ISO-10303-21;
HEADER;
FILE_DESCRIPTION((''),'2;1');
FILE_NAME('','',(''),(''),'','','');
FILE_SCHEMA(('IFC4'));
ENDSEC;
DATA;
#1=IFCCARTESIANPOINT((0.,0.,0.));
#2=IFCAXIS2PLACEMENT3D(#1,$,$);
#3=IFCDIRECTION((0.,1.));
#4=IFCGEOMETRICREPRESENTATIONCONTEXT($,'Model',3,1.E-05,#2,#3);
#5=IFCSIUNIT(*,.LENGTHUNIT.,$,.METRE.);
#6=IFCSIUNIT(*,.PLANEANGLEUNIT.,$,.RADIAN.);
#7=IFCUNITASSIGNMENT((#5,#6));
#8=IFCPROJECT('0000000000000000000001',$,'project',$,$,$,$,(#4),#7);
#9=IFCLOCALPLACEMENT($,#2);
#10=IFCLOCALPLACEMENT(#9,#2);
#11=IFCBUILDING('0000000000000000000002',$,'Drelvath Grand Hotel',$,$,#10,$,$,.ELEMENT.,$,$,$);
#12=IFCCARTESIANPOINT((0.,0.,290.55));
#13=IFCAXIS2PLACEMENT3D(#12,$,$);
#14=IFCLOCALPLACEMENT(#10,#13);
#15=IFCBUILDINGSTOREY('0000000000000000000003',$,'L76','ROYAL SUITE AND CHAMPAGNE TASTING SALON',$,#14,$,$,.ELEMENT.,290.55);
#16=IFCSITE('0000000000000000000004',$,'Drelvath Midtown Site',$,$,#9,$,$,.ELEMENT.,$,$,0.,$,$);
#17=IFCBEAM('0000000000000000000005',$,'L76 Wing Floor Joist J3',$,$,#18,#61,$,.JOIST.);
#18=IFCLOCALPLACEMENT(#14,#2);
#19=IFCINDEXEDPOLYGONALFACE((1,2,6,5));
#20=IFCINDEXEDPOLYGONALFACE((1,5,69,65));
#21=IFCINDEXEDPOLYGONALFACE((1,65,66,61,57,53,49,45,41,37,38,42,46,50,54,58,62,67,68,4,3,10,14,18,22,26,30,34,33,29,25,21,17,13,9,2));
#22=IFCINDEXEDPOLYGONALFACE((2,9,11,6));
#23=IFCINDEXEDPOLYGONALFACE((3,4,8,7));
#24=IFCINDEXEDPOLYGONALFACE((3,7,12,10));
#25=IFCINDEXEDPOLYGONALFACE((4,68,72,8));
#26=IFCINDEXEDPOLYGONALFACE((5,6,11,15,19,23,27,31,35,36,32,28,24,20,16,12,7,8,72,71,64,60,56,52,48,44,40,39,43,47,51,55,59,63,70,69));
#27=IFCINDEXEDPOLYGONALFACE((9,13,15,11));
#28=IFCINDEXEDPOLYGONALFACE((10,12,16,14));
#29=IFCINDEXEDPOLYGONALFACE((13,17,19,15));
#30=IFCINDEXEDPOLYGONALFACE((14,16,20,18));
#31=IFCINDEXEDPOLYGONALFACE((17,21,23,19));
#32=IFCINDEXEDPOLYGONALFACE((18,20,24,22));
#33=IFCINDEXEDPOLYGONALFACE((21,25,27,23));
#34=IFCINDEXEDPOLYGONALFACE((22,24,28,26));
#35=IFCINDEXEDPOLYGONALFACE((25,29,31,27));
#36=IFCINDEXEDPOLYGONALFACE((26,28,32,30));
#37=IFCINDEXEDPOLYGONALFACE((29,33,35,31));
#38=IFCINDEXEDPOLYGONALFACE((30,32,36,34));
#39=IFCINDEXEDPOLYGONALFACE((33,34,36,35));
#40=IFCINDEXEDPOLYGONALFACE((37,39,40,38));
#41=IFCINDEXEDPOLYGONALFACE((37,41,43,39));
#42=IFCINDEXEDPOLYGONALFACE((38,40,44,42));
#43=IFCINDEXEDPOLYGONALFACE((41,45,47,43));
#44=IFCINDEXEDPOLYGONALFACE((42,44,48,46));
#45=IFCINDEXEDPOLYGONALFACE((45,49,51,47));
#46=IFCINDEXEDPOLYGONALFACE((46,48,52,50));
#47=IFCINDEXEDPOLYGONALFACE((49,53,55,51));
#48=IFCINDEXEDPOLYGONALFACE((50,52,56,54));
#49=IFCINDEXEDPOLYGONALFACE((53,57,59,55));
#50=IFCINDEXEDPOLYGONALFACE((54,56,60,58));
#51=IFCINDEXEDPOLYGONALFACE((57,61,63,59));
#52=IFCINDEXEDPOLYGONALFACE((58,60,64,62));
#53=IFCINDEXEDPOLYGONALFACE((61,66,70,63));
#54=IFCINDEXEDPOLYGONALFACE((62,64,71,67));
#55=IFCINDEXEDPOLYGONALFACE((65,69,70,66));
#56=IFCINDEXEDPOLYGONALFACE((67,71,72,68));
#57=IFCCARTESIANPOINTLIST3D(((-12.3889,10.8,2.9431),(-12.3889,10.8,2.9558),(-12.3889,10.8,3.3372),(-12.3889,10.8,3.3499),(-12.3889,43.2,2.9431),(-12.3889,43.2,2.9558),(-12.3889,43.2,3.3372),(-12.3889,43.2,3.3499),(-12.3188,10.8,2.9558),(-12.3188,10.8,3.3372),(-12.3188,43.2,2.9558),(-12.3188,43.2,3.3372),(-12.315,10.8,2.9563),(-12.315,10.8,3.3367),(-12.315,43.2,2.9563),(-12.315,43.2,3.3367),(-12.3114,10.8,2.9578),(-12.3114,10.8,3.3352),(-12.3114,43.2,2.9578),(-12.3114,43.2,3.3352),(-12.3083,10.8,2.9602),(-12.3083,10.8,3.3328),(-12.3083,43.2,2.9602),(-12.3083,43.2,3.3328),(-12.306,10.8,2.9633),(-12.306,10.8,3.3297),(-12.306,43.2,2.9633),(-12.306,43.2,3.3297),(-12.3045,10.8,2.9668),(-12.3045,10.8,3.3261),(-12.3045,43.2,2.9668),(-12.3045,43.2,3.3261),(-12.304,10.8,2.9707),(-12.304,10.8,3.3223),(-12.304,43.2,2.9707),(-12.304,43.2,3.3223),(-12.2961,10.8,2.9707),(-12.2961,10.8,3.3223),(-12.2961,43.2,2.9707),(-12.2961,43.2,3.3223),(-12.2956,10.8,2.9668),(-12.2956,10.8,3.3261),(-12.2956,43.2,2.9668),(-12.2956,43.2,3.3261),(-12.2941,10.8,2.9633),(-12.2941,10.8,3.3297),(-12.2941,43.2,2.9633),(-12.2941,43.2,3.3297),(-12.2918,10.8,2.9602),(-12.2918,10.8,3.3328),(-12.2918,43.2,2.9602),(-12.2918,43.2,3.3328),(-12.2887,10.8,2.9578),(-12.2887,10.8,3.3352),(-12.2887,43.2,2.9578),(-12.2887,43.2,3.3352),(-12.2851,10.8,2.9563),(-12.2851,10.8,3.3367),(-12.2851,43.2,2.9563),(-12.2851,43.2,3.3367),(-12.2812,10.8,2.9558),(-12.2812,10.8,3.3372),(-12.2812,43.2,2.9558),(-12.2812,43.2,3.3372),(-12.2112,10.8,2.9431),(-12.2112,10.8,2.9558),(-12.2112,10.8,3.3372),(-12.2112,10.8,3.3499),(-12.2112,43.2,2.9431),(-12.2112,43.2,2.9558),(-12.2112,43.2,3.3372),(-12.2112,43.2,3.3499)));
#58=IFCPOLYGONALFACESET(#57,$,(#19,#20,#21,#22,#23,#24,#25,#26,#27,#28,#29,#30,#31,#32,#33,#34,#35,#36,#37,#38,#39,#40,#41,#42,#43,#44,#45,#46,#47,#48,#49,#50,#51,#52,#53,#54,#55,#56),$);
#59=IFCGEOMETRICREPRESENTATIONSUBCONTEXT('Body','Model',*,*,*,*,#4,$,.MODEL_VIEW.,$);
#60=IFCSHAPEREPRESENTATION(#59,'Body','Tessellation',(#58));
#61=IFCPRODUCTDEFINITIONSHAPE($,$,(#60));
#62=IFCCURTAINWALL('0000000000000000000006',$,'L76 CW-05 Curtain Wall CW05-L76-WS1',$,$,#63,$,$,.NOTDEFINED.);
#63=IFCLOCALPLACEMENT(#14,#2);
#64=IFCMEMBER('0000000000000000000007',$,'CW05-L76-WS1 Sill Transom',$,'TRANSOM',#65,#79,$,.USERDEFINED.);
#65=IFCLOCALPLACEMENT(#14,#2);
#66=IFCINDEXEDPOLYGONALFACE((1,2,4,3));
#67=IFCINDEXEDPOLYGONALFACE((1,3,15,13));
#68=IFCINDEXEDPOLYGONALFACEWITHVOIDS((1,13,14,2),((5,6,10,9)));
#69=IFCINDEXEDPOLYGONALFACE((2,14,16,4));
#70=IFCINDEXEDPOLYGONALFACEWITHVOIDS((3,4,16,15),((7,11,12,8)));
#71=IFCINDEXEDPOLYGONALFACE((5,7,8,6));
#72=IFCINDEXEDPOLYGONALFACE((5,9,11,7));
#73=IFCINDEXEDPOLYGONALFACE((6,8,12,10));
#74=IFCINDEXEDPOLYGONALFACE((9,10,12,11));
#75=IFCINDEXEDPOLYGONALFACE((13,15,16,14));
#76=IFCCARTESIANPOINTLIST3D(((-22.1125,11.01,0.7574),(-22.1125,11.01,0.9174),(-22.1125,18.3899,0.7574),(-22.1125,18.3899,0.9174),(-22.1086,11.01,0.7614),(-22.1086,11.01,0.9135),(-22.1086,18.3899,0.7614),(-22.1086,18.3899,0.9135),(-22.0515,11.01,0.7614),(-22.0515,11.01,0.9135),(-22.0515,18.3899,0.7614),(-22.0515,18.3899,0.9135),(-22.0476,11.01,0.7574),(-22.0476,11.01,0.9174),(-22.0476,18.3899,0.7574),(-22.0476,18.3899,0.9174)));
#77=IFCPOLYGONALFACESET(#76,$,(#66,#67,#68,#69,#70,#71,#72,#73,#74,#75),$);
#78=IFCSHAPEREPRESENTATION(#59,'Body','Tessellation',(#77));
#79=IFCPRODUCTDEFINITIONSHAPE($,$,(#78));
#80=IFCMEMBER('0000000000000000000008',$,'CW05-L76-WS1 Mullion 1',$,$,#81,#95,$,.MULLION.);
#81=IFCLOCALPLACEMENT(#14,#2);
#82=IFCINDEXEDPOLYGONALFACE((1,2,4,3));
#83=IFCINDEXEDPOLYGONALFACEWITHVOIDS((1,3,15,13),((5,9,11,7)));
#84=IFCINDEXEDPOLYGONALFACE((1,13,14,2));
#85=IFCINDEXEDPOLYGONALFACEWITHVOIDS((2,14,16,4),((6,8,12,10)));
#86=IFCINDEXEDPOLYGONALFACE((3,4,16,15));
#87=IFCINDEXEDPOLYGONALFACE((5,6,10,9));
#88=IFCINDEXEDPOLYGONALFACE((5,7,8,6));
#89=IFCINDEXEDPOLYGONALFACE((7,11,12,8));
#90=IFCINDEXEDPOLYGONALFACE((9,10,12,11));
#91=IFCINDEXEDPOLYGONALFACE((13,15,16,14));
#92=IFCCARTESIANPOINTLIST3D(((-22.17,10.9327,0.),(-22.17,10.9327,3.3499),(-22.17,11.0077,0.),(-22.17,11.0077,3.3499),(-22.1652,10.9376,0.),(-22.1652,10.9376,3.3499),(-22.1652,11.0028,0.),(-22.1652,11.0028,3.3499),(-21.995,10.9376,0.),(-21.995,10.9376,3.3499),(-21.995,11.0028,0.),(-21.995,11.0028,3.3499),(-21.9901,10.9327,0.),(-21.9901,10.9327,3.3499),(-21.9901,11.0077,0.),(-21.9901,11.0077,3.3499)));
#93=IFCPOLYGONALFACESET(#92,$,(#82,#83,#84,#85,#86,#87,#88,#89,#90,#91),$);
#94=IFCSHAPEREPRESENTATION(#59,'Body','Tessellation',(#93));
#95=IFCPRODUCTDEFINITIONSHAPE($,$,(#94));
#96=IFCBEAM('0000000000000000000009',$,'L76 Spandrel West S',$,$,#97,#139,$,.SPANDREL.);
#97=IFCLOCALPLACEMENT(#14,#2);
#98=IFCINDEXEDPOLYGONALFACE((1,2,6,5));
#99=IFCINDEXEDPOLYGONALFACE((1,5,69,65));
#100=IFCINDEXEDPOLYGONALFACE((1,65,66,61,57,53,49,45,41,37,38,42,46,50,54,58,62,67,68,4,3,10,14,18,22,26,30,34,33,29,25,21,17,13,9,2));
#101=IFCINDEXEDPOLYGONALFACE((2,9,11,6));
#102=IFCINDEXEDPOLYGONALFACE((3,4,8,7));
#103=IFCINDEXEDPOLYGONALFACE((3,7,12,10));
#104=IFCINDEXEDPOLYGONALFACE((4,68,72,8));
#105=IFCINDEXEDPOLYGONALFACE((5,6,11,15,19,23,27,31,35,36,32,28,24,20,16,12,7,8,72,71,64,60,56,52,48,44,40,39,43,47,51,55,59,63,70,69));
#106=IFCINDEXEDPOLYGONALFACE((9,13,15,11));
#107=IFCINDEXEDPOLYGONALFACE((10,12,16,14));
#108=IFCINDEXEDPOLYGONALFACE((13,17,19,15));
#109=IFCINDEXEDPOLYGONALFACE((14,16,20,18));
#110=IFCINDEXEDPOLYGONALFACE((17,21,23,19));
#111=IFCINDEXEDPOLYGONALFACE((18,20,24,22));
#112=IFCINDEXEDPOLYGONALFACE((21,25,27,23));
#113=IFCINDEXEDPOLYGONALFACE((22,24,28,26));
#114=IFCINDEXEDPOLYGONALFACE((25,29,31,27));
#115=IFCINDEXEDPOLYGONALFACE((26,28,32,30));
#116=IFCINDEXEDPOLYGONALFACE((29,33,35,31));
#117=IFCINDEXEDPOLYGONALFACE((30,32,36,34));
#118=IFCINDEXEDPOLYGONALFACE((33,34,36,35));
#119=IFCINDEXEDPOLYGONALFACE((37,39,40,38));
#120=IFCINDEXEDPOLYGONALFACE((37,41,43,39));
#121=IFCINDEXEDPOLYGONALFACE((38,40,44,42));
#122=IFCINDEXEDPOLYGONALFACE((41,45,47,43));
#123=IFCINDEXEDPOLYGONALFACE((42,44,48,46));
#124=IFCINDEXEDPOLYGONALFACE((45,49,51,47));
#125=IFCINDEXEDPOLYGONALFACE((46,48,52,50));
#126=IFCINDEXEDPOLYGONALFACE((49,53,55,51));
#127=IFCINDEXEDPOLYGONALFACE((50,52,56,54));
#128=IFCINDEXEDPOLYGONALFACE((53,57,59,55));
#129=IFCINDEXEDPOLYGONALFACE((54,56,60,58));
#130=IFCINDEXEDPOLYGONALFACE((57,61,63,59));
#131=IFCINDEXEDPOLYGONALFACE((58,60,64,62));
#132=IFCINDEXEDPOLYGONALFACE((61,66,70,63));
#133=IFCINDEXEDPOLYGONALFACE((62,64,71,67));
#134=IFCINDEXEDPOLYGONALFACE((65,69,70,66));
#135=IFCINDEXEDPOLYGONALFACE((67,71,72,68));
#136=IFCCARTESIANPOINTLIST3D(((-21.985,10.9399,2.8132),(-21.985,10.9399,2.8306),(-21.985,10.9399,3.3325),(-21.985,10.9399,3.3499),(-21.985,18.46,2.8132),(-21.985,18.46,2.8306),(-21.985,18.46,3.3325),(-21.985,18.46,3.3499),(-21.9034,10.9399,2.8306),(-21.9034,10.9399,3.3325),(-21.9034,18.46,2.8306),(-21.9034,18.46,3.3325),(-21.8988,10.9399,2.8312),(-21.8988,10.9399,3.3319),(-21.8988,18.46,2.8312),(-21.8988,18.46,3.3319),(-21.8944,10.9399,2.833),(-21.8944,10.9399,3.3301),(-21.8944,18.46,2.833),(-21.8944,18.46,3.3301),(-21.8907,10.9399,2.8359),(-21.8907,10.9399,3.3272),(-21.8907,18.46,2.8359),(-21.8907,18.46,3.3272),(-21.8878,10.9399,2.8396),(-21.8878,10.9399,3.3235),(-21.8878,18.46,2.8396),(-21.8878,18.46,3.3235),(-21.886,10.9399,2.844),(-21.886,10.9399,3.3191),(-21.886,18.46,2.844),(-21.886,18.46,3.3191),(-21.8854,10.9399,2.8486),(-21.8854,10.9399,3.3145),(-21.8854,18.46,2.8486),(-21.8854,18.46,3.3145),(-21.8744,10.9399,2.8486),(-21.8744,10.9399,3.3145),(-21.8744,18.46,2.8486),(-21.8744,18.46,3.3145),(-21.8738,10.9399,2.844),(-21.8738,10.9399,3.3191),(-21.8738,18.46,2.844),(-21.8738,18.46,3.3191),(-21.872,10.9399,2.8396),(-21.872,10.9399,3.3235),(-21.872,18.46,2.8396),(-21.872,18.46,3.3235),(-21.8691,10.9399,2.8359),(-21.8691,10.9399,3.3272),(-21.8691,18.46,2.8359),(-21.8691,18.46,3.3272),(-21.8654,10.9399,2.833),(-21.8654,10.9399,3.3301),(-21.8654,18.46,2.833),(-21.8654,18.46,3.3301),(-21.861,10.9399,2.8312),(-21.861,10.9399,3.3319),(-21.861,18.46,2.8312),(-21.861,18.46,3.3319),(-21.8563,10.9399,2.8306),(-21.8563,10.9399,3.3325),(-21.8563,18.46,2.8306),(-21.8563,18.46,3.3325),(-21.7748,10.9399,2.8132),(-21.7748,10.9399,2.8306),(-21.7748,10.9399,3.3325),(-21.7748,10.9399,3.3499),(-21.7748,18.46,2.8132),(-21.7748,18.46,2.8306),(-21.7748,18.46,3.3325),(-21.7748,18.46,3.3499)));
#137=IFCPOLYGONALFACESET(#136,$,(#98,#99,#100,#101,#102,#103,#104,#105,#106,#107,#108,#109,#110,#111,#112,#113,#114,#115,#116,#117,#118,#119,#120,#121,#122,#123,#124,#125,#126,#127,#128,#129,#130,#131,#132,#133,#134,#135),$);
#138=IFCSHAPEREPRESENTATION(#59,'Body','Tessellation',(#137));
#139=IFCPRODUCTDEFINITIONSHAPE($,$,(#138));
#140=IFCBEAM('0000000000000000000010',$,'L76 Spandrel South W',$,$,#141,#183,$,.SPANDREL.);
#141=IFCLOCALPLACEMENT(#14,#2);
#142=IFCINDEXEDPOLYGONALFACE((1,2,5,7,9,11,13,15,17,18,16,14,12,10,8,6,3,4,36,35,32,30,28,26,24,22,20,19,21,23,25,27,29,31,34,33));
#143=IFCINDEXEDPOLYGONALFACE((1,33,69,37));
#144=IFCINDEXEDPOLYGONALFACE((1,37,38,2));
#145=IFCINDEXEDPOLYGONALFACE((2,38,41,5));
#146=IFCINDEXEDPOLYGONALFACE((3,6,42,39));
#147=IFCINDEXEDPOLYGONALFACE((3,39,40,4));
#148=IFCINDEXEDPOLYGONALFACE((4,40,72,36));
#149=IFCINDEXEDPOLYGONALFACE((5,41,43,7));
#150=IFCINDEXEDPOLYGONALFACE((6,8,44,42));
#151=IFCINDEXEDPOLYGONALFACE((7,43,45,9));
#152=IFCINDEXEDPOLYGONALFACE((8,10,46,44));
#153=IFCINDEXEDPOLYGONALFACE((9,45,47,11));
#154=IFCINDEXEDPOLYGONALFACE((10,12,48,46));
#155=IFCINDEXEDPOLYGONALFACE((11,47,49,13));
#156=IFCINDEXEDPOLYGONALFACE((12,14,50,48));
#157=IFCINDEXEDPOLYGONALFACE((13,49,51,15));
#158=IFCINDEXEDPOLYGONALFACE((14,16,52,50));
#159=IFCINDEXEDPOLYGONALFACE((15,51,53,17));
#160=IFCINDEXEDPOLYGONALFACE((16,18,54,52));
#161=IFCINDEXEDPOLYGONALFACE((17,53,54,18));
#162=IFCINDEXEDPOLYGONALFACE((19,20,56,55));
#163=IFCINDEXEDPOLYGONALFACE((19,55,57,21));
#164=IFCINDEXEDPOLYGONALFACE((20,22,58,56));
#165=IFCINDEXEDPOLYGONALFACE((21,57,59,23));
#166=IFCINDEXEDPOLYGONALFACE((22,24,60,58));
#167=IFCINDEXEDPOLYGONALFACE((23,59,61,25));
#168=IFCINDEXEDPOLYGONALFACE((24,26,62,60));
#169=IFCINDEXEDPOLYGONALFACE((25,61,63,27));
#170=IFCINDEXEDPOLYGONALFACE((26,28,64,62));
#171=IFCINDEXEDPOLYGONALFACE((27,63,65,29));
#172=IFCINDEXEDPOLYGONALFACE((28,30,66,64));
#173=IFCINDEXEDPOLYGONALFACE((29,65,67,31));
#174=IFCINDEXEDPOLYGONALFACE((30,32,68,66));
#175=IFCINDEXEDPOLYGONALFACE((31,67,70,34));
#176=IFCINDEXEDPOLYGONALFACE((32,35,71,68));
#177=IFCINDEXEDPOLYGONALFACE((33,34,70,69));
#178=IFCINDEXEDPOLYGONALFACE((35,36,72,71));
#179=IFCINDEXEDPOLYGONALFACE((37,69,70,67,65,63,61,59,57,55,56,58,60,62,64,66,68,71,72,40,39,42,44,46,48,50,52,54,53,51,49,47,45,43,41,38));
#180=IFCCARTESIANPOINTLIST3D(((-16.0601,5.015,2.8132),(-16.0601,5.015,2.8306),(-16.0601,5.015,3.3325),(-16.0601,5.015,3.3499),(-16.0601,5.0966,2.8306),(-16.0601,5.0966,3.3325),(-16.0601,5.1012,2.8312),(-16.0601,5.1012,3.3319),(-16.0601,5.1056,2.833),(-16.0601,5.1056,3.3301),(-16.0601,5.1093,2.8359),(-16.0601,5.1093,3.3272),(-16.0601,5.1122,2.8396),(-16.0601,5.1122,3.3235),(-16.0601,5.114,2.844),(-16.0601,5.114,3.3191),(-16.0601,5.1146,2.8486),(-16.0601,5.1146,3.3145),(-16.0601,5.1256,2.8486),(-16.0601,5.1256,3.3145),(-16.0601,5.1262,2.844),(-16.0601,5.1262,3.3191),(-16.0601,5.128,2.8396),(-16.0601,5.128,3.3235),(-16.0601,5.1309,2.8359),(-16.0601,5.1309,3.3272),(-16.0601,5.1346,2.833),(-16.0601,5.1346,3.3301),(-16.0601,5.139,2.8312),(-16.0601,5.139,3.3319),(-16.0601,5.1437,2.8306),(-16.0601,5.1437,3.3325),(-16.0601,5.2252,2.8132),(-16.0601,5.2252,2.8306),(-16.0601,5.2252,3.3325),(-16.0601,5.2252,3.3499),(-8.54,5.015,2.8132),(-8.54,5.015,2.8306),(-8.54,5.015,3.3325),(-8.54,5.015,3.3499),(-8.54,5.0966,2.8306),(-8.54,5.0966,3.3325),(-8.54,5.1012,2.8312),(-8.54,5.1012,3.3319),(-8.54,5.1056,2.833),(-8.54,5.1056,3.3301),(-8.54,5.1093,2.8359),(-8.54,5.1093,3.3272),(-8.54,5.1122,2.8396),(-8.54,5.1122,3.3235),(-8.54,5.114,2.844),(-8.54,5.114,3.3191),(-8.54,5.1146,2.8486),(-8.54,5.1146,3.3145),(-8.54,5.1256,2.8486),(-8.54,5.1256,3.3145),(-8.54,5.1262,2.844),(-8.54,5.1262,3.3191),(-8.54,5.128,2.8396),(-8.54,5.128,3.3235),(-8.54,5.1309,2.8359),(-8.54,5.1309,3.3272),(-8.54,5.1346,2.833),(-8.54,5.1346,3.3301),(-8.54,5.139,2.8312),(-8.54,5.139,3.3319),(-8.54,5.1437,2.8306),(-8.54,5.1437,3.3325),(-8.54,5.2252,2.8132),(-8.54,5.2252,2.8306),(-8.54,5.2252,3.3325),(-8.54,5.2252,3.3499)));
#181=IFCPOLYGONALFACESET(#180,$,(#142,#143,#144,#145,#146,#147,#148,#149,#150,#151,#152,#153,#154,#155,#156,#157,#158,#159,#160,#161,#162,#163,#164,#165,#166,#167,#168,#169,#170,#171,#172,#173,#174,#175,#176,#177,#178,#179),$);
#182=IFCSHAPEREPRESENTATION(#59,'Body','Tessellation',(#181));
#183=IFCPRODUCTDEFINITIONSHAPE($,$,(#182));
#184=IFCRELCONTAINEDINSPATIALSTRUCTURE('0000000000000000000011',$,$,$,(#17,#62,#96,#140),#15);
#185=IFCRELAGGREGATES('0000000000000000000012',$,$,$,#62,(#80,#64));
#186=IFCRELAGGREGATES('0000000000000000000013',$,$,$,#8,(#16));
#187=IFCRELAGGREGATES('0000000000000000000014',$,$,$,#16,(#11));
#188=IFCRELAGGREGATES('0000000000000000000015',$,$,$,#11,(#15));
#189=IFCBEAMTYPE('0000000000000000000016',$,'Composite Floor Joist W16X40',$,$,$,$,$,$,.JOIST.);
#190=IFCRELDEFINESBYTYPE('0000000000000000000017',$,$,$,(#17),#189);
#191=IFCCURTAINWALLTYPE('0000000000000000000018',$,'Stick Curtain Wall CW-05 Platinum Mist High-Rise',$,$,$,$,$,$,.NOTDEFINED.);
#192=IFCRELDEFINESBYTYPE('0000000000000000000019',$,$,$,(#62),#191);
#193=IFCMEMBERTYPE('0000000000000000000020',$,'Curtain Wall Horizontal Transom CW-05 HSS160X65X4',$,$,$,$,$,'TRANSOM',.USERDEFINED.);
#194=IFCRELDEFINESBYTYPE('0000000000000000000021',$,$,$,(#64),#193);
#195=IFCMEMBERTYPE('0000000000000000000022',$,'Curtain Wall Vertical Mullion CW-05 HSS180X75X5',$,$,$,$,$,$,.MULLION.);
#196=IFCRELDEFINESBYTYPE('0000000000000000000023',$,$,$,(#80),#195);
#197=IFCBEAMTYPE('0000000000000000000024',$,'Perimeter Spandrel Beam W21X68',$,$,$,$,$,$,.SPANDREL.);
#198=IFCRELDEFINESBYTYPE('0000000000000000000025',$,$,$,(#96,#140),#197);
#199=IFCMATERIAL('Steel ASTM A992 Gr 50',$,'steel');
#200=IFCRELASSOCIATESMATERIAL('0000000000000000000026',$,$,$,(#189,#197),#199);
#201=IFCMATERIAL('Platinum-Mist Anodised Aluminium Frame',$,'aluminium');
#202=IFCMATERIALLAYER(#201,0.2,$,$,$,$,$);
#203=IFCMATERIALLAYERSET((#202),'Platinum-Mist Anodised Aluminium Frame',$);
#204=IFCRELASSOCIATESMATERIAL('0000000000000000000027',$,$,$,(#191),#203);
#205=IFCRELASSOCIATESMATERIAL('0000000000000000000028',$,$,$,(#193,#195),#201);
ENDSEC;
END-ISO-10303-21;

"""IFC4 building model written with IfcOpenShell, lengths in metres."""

from ifc_helpers import new_model, si_unit, direction, frame, origin, origin_2d, place, context, subcontext, project, spatial, hollow_rectangle, i_section, extrude, material, layer, layer_set, material_profile, profile_set, type_object, element, aggregate, save


model = new_model("IFC4")

# Units and contexts
model_context = context("Model", 3, precision=1e-05, world=origin(), true_north=direction((0.0, 1.0)))
body_context = subcontext(model_context, "Body", "Model", "MODEL_VIEW")
ifc_project = project(units=[si_unit("LENGTHUNIT", "METRE"), si_unit("PLANEANGLEUNIT", "RADIAN")], contexts=[model_context])

# Site, building, storey
site_placement = place(None, origin())
site = spatial("IfcSite", under=ifc_project, at=site_placement, Name="Drelvath Midtown Site", CompositionType="ELEMENT", RefElevation=0.0)
building_placement = place(site_placement, origin())
building = spatial("IfcBuilding", under=site, at=building_placement, Name="Drelvath Grand Hotel", CompositionType="ELEMENT")
storey_placement = place(building_placement, frame((0.0, 0.0, 290.55)))
storey = spatial("IfcBuildingStorey", under=building, at=storey_placement, Name="L76", Description="ROYAL SUITE AND CHAMPAGNE TASTING SALON", CompositionType="ELEMENT", Elevation=290.55)

# Beam
ifc_material_1 = material(Name="Steel ASTM A992 Gr 50", Category="steel")
ifc_material_profile_1 = material_profile(ifc_material_1, i_section(OverallWidth=0.1777, OverallDepth=0.4067, WebThickness=0.0078, FlangeThickness=0.0127, FilletRadius=0.0149, at=origin_2d()), Name="W16X40")
ifc_profile_set_1 = profile_set([ifc_material_profile_1], Name="Steel ASTM A992 Gr 50")
beam_type_1 = type_object("IfcBeamType", Name="Composite Floor Joist W16X40", PredefinedType="JOIST", material=ifc_profile_set_1)
beam_1_placement = place(storey_placement, frame((-12.3, 10.8, 3.1465), z_axis=(0.0, 1.0, 0.0), x_axis=(-1.0, 0.0, 0.0)))
element("IfcBeam", 1, at=beam_1_placement, inside=storey, type_object=beam_type_1, Name="L76 Wing Floor Joist J3", PredefinedType="JOIST", context=body_context, shape_type="SweptSolid", body=[
    extrude(i_section(OverallWidth=0.1777, OverallDepth=0.4067, WebThickness=0.0078, FlangeThickness=0.0127, FilletRadius=0.0149, at=origin_2d()), origin(), (0.0, 0.0, 1.0), 32.3999),
])

# Curtain wall, members
ifc_material_2 = material(Name="Platinum-Mist Anodised Aluminium Frame", Category="aluminium")
ifc_layer_1 = layer(ifc_material_2, 0.2)
ifc_layer_set_1 = layer_set([ifc_layer_1], Name="Platinum-Mist Anodised Aluminium Frame")
curtain_wall_type = type_object("IfcCurtainWallType", Name="Stick Curtain Wall CW-05 Platinum Mist High-Rise", PredefinedType="NOTDEFINED", material=ifc_layer_set_1)
curtain_wall_placement = place(storey_placement, origin())
curtain_wall = element("IfcCurtainWall", 2, at=curtain_wall_placement, inside=storey, type_object=curtain_wall_type, Name="L76 CW-05 Curtain Wall CW05-L76-WS1", PredefinedType="NOTDEFINED")
ifc_material_profile_2 = material_profile(ifc_material_2, hollow_rectangle(XDim=0.0649, YDim=0.1599, WallThickness=0.0039, at=origin_2d()), Name="HSS160X65X4")
ifc_profile_set_2 = profile_set([ifc_material_profile_2], Name="Platinum-Mist Anodised Aluminium Frame")
member_type_1 = type_object("IfcMemberType", Name="Curtain Wall Horizontal Transom CW-05 HSS160X65X4", ElementType="TRANSOM", PredefinedType="USERDEFINED", material=ifc_profile_set_2)
member_1_placement = place(storey_placement, frame((-22.0801, 11.01, 0.8374), z_axis=(0.0, 1.0, 0.0), x_axis=(-1.0, 0.0, 0.0)))
member_1 = element("IfcMember", 3, at=member_1_placement, type_object=member_type_1, Name="CW05-L76-WS1 Sill Transom", ObjectType="TRANSOM", PredefinedType="USERDEFINED", context=body_context, shape_type="SweptSolid", body=[
    extrude(hollow_rectangle(XDim=0.0649, YDim=0.1599, WallThickness=0.0039, at=origin_2d()), origin(), (0.0, 0.0, 1.0), 7.3799),
])
ifc_material_profile_3 = material_profile(ifc_material_2, hollow_rectangle(XDim=0.075, YDim=0.1799, WallThickness=0.0049, at=origin_2d()), Name="HSS180X75X5")
ifc_profile_set_3 = profile_set([ifc_material_profile_3], Name="Platinum-Mist Anodised Aluminium Frame")
member_type_2 = type_object("IfcMemberType", Name="Curtain Wall Vertical Mullion CW-05 HSS180X75X5", PredefinedType="MULLION", material=ifc_profile_set_3)
member_2_placement = place(storey_placement, frame((-22.0801, 10.9702, 0.0), z_axis=(0.0, 0.0, 1.0), x_axis=(0.0, 1.0, 0.0)))
member_2 = element("IfcMember", 4, at=member_2_placement, type_object=member_type_2, Name="CW05-L76-WS1 Mullion 1", PredefinedType="MULLION", context=body_context, shape_type="SweptSolid", body=[
    extrude(hollow_rectangle(XDim=0.075, YDim=0.1799, WallThickness=0.0049, at=origin_2d()), origin(), (0.0, 0.0, 1.0), 3.3499),
])

# Beams
ifc_material_profile_4 = material_profile(ifc_material_1, i_section(OverallWidth=0.2102, OverallDepth=0.5366, WebThickness=0.011, FlangeThickness=0.0173, FilletRadius=0.0181, at=origin_2d()), Name="W21X68")
ifc_profile_set_4 = profile_set([ifc_material_profile_4], Name="Steel ASTM A992 Gr 50")
beam_type_2 = type_object("IfcBeamType", Name="Perimeter Spandrel Beam W21X68", PredefinedType="SPANDREL", material=ifc_profile_set_4)
for number, where, z_axis, x_axis, name in (
    (5, (-21.8799, 10.9399, 3.0815), (0.0, 1.0, 0.0), (-1.0, 0.0, 0.0), "L76 Spandrel West S"),
    (6, (-16.0601, 5.1201, 3.0815), (1.0, 0.0, 0.0), (0.0, 1.0, 0.0), "L76 Spandrel South W"),
):
    element("IfcBeam", number, at=place(storey_placement, frame(where, z_axis=z_axis, x_axis=x_axis)), inside=storey, type_object=beam_type_2, Name=name, PredefinedType="SPANDREL", context=body_context, shape_type="SweptSolid", body=[
        extrude(i_section(OverallWidth=0.2102, OverallDepth=0.5366, WebThickness=0.011, FlangeThickness=0.0173, FilletRadius=0.0181, at=origin_2d()), origin(), (0.0, 0.0, 1.0), 7.52),
    ])

aggregate(curtain_wall, [member_2, member_1])

save(model, "model.ifc")
